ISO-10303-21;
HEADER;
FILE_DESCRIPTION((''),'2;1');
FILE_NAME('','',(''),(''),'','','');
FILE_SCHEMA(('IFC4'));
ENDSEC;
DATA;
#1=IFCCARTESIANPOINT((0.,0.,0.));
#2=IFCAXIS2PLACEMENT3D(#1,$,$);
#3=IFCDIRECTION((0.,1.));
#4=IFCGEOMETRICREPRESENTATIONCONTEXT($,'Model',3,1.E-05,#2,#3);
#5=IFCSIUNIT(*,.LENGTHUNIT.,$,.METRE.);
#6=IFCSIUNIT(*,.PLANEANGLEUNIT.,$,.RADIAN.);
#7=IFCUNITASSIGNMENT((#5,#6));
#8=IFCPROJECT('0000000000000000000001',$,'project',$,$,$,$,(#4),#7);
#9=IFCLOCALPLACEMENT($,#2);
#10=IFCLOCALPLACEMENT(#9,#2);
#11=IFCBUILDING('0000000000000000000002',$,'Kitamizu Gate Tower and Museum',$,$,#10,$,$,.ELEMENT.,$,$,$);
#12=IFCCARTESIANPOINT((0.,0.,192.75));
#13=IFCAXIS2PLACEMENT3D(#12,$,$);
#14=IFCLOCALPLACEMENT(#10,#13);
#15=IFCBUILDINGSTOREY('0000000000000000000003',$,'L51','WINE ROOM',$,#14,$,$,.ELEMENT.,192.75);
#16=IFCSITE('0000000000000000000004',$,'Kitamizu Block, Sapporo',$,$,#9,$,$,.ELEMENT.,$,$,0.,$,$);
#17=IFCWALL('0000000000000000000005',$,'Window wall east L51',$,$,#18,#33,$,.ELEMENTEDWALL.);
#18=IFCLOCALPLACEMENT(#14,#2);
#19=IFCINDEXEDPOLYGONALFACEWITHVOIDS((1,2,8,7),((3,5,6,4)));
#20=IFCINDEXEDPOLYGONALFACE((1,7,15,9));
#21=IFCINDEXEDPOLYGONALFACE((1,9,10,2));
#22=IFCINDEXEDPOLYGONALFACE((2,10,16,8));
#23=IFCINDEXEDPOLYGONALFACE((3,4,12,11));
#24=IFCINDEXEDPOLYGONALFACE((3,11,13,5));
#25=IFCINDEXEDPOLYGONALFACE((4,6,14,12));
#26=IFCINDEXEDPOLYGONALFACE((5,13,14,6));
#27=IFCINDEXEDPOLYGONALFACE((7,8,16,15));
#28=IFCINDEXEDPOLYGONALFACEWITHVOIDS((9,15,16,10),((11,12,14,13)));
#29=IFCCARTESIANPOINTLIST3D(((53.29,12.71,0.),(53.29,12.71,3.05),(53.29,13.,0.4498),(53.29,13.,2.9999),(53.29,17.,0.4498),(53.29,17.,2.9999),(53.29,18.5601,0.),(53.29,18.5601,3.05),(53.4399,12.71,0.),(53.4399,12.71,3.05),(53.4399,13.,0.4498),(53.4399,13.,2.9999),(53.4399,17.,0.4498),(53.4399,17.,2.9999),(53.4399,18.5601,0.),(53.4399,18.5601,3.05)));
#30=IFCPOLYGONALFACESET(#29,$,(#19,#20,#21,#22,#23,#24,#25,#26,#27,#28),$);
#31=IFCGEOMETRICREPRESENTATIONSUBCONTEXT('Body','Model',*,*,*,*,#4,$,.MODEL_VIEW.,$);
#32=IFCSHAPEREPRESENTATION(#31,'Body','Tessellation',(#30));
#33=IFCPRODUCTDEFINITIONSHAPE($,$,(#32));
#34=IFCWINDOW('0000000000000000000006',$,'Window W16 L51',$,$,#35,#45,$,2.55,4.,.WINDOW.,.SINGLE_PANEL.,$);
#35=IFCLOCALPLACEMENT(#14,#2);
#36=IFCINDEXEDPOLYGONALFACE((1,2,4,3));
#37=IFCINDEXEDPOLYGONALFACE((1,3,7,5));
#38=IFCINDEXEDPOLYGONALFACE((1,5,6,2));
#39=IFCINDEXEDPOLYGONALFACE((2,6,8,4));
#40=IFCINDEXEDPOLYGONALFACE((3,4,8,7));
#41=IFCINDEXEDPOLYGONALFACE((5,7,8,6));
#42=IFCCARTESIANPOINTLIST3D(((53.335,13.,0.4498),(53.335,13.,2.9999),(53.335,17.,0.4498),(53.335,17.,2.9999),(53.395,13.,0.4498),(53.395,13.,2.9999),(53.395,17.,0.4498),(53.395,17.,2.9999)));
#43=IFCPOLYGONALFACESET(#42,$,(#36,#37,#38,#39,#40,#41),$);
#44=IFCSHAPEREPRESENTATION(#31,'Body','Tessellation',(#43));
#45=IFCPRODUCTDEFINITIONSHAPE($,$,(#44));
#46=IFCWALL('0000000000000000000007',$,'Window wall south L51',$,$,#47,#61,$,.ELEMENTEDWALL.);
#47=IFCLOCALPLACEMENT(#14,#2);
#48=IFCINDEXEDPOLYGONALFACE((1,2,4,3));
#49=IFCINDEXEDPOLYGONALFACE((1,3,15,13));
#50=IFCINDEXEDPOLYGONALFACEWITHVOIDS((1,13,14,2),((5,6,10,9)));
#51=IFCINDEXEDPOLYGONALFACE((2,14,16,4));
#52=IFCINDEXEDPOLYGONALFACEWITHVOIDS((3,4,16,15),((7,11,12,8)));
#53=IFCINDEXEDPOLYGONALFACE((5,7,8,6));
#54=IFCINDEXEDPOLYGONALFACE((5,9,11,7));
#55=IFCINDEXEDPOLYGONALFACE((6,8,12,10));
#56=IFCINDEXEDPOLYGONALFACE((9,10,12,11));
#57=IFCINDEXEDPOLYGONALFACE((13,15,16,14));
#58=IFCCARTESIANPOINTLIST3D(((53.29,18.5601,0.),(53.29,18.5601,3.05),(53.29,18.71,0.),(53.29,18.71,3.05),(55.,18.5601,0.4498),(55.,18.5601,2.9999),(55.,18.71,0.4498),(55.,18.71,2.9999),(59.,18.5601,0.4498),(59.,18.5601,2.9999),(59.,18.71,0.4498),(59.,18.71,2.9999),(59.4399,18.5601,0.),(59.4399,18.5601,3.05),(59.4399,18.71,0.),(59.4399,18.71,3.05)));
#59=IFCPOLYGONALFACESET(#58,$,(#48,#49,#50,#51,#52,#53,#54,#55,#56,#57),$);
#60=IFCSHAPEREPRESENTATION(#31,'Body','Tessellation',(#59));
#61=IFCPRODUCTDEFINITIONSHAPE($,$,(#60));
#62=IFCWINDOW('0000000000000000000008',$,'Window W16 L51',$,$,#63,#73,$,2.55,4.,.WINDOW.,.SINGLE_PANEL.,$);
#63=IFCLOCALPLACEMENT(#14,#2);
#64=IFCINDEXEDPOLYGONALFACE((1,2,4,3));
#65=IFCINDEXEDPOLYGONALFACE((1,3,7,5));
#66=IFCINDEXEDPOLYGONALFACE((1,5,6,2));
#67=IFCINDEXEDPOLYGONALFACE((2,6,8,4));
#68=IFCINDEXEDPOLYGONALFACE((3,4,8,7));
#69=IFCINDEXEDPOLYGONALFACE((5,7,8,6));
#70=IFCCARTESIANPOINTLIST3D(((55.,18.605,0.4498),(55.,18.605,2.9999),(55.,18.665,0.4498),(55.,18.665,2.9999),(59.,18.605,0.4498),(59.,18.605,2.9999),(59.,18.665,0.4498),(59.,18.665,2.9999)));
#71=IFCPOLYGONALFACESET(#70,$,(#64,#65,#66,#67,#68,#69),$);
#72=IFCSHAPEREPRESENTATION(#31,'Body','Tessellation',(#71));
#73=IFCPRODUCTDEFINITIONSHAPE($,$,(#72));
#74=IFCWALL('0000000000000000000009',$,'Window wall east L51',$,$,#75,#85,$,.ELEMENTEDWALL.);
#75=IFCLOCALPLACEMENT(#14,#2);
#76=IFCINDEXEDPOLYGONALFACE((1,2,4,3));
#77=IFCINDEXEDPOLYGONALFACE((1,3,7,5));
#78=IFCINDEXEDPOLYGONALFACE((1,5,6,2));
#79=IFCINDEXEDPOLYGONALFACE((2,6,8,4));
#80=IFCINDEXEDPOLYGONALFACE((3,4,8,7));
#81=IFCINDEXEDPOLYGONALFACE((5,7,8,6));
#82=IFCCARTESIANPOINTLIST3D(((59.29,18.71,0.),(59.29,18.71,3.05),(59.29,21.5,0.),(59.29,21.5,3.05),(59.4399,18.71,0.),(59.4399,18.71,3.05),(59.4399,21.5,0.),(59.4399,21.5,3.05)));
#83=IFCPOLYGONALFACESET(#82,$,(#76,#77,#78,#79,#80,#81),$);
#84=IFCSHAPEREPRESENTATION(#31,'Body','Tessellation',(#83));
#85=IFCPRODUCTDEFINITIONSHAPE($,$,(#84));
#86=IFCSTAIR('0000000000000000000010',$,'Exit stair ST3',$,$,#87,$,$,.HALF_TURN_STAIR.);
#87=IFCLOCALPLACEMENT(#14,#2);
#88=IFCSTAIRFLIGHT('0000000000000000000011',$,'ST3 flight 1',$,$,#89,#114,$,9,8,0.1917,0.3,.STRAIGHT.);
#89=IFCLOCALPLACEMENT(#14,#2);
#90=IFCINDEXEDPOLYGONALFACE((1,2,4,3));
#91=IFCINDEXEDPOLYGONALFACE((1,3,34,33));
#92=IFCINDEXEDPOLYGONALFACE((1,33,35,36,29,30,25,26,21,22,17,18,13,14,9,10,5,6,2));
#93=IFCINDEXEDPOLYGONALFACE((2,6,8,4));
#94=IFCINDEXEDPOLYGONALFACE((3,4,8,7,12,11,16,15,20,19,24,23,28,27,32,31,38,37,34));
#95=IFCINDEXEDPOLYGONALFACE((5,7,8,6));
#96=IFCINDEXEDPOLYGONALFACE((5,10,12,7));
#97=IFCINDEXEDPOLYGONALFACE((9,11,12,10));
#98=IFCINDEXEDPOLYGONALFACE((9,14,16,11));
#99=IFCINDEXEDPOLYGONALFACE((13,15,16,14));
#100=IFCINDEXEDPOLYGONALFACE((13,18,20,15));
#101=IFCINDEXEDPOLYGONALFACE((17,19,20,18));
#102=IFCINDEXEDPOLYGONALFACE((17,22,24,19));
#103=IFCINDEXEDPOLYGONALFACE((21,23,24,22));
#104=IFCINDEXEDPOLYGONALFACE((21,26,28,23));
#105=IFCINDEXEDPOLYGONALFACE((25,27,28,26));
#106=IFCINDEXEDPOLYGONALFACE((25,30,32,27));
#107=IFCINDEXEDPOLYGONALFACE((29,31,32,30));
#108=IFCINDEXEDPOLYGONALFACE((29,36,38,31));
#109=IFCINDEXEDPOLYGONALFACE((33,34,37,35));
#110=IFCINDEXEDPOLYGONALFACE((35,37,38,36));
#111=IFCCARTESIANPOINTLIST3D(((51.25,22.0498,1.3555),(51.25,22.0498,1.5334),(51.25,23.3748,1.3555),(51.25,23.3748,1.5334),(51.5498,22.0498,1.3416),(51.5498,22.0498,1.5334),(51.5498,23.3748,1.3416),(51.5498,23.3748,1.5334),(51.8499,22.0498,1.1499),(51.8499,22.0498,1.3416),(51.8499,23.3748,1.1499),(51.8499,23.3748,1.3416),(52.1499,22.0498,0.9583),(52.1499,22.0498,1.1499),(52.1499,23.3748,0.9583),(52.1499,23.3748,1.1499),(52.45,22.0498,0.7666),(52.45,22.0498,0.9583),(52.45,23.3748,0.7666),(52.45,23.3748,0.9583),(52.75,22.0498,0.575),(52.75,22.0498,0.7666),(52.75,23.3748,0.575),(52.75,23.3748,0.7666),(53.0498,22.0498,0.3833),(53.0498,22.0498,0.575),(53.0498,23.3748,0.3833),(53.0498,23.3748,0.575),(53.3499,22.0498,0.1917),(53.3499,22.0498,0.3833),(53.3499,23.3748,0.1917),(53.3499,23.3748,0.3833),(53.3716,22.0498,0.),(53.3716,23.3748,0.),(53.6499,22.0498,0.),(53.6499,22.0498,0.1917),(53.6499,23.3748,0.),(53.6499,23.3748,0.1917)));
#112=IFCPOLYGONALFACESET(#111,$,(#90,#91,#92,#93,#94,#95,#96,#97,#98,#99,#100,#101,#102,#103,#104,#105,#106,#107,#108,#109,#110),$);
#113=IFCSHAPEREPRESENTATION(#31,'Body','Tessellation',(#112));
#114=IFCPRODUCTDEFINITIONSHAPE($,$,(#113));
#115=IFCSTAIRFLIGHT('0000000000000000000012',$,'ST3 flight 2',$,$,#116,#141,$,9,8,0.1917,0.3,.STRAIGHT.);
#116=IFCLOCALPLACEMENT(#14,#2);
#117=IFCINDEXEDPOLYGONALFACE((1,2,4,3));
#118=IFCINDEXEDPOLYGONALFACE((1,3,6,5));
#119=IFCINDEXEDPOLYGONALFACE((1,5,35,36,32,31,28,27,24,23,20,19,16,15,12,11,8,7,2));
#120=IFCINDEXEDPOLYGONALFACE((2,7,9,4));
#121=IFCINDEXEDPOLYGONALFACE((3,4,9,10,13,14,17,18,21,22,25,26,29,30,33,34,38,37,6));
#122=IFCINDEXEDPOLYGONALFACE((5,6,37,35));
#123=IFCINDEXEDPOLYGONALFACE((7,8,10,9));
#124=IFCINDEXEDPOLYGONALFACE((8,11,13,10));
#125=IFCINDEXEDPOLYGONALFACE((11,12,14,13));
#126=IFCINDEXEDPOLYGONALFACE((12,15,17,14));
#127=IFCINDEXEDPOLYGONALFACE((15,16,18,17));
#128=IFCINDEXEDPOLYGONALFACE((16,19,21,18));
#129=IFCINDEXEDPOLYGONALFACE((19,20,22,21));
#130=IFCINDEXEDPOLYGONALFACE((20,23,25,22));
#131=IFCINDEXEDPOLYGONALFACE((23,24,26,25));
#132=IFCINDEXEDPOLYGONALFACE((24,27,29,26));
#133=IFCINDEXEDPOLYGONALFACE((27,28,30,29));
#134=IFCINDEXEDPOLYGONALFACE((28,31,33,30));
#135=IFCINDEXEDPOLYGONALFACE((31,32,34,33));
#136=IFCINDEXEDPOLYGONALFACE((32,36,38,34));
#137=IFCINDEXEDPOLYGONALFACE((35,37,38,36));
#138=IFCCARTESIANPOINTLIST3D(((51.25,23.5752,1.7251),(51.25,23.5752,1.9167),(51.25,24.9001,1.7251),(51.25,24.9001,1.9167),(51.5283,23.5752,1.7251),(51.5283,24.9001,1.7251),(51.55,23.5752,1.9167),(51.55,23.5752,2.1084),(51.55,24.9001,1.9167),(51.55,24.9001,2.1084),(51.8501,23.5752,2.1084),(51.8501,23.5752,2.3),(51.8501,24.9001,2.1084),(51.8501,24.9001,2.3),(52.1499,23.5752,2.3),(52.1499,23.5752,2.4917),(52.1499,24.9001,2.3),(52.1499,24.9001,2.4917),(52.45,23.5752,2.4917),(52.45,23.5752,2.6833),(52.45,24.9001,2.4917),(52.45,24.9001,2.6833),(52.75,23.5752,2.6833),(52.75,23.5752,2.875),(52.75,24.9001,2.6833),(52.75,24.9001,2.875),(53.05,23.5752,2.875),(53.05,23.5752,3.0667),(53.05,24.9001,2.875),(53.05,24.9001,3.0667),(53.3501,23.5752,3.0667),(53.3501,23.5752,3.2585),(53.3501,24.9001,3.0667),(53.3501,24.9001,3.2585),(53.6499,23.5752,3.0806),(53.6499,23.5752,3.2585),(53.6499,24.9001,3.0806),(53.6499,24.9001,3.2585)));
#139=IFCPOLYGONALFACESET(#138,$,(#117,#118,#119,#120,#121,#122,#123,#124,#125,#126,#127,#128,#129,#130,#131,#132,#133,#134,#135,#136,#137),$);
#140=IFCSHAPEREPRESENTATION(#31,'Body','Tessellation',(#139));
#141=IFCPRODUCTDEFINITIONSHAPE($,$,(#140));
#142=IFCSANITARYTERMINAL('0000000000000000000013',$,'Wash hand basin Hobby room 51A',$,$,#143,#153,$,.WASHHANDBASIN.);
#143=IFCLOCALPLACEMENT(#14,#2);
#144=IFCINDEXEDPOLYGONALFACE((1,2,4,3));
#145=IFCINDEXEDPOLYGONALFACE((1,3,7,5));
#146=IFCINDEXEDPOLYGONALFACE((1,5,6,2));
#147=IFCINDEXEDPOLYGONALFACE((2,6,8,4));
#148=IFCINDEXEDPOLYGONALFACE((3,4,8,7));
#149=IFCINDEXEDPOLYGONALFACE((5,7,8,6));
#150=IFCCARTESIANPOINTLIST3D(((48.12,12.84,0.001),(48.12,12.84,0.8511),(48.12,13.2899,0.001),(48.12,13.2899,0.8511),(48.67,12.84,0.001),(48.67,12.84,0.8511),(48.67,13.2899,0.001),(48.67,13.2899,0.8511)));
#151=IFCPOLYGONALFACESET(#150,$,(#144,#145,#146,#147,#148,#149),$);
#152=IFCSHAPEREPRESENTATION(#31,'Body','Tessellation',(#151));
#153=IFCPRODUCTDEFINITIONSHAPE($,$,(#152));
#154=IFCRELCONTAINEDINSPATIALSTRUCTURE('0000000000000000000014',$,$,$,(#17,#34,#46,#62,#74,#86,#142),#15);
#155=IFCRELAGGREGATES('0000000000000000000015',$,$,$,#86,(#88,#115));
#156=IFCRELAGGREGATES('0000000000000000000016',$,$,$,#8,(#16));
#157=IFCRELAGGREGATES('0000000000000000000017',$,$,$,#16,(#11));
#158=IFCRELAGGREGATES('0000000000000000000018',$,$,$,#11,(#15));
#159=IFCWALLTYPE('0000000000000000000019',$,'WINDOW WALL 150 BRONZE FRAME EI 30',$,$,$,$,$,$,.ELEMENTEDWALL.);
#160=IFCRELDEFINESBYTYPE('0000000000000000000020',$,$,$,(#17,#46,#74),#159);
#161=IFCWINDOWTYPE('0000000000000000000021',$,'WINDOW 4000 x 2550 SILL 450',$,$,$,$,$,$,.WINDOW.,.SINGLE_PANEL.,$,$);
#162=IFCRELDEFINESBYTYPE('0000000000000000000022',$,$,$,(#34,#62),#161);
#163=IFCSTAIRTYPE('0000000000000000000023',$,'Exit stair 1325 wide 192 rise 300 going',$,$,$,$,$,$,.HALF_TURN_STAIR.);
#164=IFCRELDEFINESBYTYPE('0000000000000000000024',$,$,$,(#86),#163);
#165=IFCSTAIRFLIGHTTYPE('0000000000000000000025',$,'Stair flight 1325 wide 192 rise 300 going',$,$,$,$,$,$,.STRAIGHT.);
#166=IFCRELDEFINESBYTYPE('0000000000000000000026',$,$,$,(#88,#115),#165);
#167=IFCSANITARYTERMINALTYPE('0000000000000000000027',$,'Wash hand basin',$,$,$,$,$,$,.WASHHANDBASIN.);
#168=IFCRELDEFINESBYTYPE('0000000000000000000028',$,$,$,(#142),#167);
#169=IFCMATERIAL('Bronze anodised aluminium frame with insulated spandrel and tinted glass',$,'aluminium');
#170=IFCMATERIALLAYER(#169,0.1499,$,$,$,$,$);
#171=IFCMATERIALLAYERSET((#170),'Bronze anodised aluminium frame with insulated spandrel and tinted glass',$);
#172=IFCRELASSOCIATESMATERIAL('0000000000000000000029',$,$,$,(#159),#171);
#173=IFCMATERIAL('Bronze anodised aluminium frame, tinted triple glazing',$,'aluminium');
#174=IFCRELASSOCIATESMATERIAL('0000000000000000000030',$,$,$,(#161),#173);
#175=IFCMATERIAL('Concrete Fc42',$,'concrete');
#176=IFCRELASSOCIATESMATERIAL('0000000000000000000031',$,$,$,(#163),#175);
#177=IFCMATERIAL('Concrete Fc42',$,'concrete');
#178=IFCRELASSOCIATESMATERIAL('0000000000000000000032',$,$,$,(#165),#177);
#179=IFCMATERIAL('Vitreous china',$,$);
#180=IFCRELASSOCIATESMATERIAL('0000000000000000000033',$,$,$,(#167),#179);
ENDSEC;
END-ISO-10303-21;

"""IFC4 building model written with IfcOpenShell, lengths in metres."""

from ifc_helpers import new_model, si_unit, direction, frame, frame_2d, origin, origin_2d, place, context, subcontext, project, spatial, polyline, rectangle, outline, extrude, material, layer, layer_set, type_object, element, fill, aggregate, save


model = new_model("IFC4")

# Units and contexts
model_context = context("Model", 3, precision=1e-05, world=origin(), true_north=direction((0.0, 1.0)))
body_context = subcontext(model_context, "Body", "Model", "MODEL_VIEW")
ifc_project = project(units=[si_unit("LENGTHUNIT", "METRE"), si_unit("PLANEANGLEUNIT", "RADIAN")], contexts=[model_context])

# Site, building, storey
site_placement = place(None, origin())
site = spatial("IfcSite", under=ifc_project, at=site_placement, Name="Kitamizu Block, Sapporo", CompositionType="ELEMENT", RefElevation=0.0)
building_placement = place(site_placement, origin())
building = spatial("IfcBuilding", under=site, at=building_placement, Name="Kitamizu Gate Tower and Museum", CompositionType="ELEMENT")
storey_placement = place(building_placement, frame((0.0, 0.0, 192.75)))
storey = spatial("IfcBuildingStorey", under=building, at=storey_placement, Name="L51", Description="WINE ROOM", CompositionType="ELEMENT", Elevation=192.75)

# Walls, openings, windows
ifc_material_1 = material(Name="Bronze anodised aluminium frame with insulated spandrel and tinted glass", Category="aluminium")
ifc_layer_1 = layer(ifc_material_1, 0.1499)
ifc_layer_set_1 = layer_set([ifc_layer_1], Name="Bronze anodised aluminium frame with insulated spandrel and tinted glass")
wall_type_1 = type_object("IfcWallType", Name="WINDOW WALL 150 BRONZE FRAME EI 30", PredefinedType="ELEMENTEDWALL", material=ifc_layer_set_1)
wall_1_placement = place(storey_placement, frame((53.365, 12.71, 0.0), z_axis=(0.0, 0.0, 1.0), x_axis=(0.0, 1.0, 0.0)))
wall_1 = element("IfcWall", 1, at=wall_1_placement, inside=storey, type_object=wall_type_1, Name="Window wall east L51", PredefinedType="ELEMENTEDWALL", context=body_context, shape_type="SweptSolid", body=[
    extrude(rectangle(XDim=5.8501, YDim=0.1499, at=frame_2d((2.925, 0.0))), origin(), (0.0, 0.0, 1.0), 3.05),
])
opening_1_placement = place(wall_1_placement, frame((0.29, 0.0, 0.45)))
opening_1 = element("IfcOpeningElement", 2, at=opening_1_placement, cuts=wall_1, PredefinedType="OPENING", context=body_context, shape_type="SweptSolid", body=[
    extrude(rectangle(XDim=4.0, YDim=2.55, at=frame_2d((2.0, 1.2749))), frame((0.0, 0.085, 0.0), z_axis=(0.0, -1.0, 0.0), x_axis=(1.0, 0.0, 0.0)), (0.0, 0.0, 1.0), 0.1699),
])
ifc_material_2 = material(Name="Bronze anodised aluminium frame, tinted triple glazing", Category="aluminium")
window_type = type_object("IfcWindowType", Name="WINDOW 4000 x 2550 SILL 450", PartitioningType="SINGLE_PANEL", PredefinedType="WINDOW", material=ifc_material_2)
window_1_placement = place(opening_1_placement, origin())
window_1 = element("IfcWindow", 3, at=window_1_placement, inside=storey, type_object=window_type, Name="Window W16 L51", OverallHeight=2.55, OverallWidth=4.0, PartitioningType="SINGLE_PANEL", PredefinedType="WINDOW", context=body_context, shape_type="SweptSolid", body=[
    extrude(rectangle(XDim=4.0, YDim=2.55, at=frame_2d((2.0, 1.2749))), frame((0.0, 0.03, 0.0), z_axis=(0.0, -1.0, 0.0), x_axis=(1.0, 0.0, 0.0)), (0.0, 0.0, 1.0), 0.0601),
])
fill(opening_1, window_1)
wall_2_placement = place(storey_placement, frame((53.29, 18.635, 0.0), z_axis=(0.0, 0.0, 1.0), x_axis=(1.0, 0.0, 0.0)))
wall_2 = element("IfcWall", 4, at=wall_2_placement, inside=storey, type_object=wall_type_1, Name="Window wall south L51", PredefinedType="ELEMENTEDWALL", context=body_context, shape_type="SweptSolid", body=[
    extrude(rectangle(XDim=6.1499, YDim=0.1499, at=frame_2d((3.075, 0.0))), origin(), (0.0, 0.0, 1.0), 3.05),
])
opening_2_placement = place(wall_2_placement, frame((1.71, 0.0, 0.45)))
opening_2 = element("IfcOpeningElement", 5, at=opening_2_placement, cuts=wall_2, PredefinedType="OPENING", context=body_context, shape_type="SweptSolid", body=[
    extrude(rectangle(XDim=4.0, YDim=2.55, at=frame_2d((2.0, 1.2749))), frame((0.0, 0.085, 0.0), z_axis=(0.0, -1.0, 0.0), x_axis=(1.0, 0.0, 0.0)), (0.0, 0.0, 1.0), 0.1699),
])
window_2_placement = place(opening_2_placement, origin())
window_2 = element("IfcWindow", 6, at=window_2_placement, inside=storey, type_object=window_type, Name="Window W16 L51", OverallHeight=2.55, OverallWidth=4.0, PartitioningType="SINGLE_PANEL", PredefinedType="WINDOW", context=body_context, shape_type="SweptSolid", body=[
    extrude(rectangle(XDim=4.0, YDim=2.55, at=frame_2d((2.0, 1.2749))), frame((0.0, 0.03, 0.0), z_axis=(0.0, -1.0, 0.0), x_axis=(1.0, 0.0, 0.0)), (0.0, 0.0, 1.0), 0.0601),
])
fill(opening_2, window_2)

# Wall
wall_3_placement = place(storey_placement, frame((59.365, 18.71, 0.0), z_axis=(0.0, 0.0, 1.0), x_axis=(0.0, 1.0, 0.0)))
element("IfcWall", 7, at=wall_3_placement, inside=storey, type_object=wall_type_1, Name="Window wall east L51", PredefinedType="ELEMENTEDWALL", context=body_context, shape_type="SweptSolid", body=[
    extrude(rectangle(XDim=2.79, YDim=0.1499, at=frame_2d((1.395, 0.0))), origin(), (0.0, 0.0, 1.0), 3.05),
])

# Stair, stair flights
ifc_material_3 = material(Name="Concrete Fc42", Category="concrete")
stair_type = type_object("IfcStairType", Name="Exit stair 1325 wide 192 rise 300 going", PredefinedType="HALF_TURN_STAIR", material=ifc_material_3)
stair_placement = place(storey_placement, origin())
stair = element("IfcStair", 8, at=stair_placement, inside=storey, type_object=stair_type, Name="Exit stair ST3", PredefinedType="HALF_TURN_STAIR")
ifc_material_4 = material(Name="Concrete Fc42", Category="concrete")
stair_flight_type = type_object("IfcStairFlightType", Name="Stair flight 1325 wide 192 rise 300 going", PredefinedType="STRAIGHT", material=ifc_material_4)
stair_flight_1_placement = place(storey_placement, frame((53.6499, 22.7124, 0.0), z_axis=(0.0, 0.0, 1.0), x_axis=(-1.0, 0.0, 0.0)))
stair_flight_1 = element("IfcStairFlight", 9, at=stair_flight_1_placement, type_object=stair_flight_type, Name="ST3 flight 1", NumberOfRisers=9, NumberOfTreads=8, PredefinedType="STRAIGHT", RiserHeight=0.1917, TreadLength=0.3, context=body_context, shape_type="SweptSolid", body=[
    extrude(outline(polyline([(0.0, 0.0), (0.0, 0.1917), (0.3, 0.1917), (0.3, 0.3833), (0.6001, 0.3833), (0.6001, 0.575), (0.8999, 0.575), (0.8999, 0.7666), (1.2, 0.7666), (1.2, 0.9583), (1.5, 0.9583), (1.5, 1.1499), (1.8, 1.1499), (1.8, 1.3416), (2.1001, 1.3416), (2.1001, 1.5334), (2.3999, 1.5334), (2.3999, 1.7251), (2.3999, 1.3555), (0.2783, 0.0), (0.0, 0.0)])), frame((0.0, 0.6626, 0.0), z_axis=(0.0, -1.0, 0.0), x_axis=(1.0, 0.0, 0.0)), (0.0, 0.0, 1.0), 1.325),
])
stair_flight_2_placement = place(storey_placement, frame((51.25, 24.2375, 1.7251), z_axis=(0.0, 0.0, 1.0), x_axis=(1.0, 0.0, 0.0)))
stair_flight_2 = element("IfcStairFlight", 10, at=stair_flight_2_placement, type_object=stair_flight_type, Name="ST3 flight 2", NumberOfRisers=9, NumberOfTreads=8, PredefinedType="STRAIGHT", RiserHeight=0.1917, TreadLength=0.3, context=body_context, shape_type="SweptSolid", body=[
    extrude(outline(polyline([(0.0, 0.0), (0.0, 0.1917), (0.3, 0.1917), (0.3, 0.3833), (0.6001, 0.3833), (0.6001, 0.575), (0.8999, 0.575), (0.8999, 0.7666), (1.2, 0.7666), (1.2, 0.9583), (1.5, 0.9583), (1.5, 1.1499), (1.8, 1.1499), (1.8, 1.3416), (2.1001, 1.3416), (2.1001, 1.5334), (2.3999, 1.5334), (2.3999, 1.7251), (2.3999, 1.3555), (0.2783, 0.0), (0.0, 0.0)])), frame((0.0, 0.6626, 0.0), z_axis=(0.0, -1.0, 0.0), x_axis=(1.0, 0.0, 0.0)), (0.0, 0.0, 1.0), 1.325),
])
aggregate(stair, [stair_flight_1, stair_flight_2])

# Sanitary terminal
ifc_material_5 = material(Name="Vitreous china")
sanitary_terminal_type = type_object("IfcSanitaryTerminalType", Name="Wash hand basin", PredefinedType="WASHHANDBASIN", material=ifc_material_5)
sanitary_terminal_placement = place(storey_placement, frame((48.395, 13.0649, 0.001), z_axis=(0.0, 0.0, 1.0), x_axis=(1.0, 0.0, 0.0)))
element("IfcSanitaryTerminal", 11, at=sanitary_terminal_placement, inside=storey, type_object=sanitary_terminal_type, Name="Wash hand basin Hobby room 51A", PredefinedType="WASHHANDBASIN", context=body_context, shape_type="SweptSolid", body=[
    extrude(rectangle(XDim=0.55, YDim=0.45, at=origin_2d()), origin(), (0.0, 0.0, 1.0), 0.8501),
])

save(model, "model.ifc")
